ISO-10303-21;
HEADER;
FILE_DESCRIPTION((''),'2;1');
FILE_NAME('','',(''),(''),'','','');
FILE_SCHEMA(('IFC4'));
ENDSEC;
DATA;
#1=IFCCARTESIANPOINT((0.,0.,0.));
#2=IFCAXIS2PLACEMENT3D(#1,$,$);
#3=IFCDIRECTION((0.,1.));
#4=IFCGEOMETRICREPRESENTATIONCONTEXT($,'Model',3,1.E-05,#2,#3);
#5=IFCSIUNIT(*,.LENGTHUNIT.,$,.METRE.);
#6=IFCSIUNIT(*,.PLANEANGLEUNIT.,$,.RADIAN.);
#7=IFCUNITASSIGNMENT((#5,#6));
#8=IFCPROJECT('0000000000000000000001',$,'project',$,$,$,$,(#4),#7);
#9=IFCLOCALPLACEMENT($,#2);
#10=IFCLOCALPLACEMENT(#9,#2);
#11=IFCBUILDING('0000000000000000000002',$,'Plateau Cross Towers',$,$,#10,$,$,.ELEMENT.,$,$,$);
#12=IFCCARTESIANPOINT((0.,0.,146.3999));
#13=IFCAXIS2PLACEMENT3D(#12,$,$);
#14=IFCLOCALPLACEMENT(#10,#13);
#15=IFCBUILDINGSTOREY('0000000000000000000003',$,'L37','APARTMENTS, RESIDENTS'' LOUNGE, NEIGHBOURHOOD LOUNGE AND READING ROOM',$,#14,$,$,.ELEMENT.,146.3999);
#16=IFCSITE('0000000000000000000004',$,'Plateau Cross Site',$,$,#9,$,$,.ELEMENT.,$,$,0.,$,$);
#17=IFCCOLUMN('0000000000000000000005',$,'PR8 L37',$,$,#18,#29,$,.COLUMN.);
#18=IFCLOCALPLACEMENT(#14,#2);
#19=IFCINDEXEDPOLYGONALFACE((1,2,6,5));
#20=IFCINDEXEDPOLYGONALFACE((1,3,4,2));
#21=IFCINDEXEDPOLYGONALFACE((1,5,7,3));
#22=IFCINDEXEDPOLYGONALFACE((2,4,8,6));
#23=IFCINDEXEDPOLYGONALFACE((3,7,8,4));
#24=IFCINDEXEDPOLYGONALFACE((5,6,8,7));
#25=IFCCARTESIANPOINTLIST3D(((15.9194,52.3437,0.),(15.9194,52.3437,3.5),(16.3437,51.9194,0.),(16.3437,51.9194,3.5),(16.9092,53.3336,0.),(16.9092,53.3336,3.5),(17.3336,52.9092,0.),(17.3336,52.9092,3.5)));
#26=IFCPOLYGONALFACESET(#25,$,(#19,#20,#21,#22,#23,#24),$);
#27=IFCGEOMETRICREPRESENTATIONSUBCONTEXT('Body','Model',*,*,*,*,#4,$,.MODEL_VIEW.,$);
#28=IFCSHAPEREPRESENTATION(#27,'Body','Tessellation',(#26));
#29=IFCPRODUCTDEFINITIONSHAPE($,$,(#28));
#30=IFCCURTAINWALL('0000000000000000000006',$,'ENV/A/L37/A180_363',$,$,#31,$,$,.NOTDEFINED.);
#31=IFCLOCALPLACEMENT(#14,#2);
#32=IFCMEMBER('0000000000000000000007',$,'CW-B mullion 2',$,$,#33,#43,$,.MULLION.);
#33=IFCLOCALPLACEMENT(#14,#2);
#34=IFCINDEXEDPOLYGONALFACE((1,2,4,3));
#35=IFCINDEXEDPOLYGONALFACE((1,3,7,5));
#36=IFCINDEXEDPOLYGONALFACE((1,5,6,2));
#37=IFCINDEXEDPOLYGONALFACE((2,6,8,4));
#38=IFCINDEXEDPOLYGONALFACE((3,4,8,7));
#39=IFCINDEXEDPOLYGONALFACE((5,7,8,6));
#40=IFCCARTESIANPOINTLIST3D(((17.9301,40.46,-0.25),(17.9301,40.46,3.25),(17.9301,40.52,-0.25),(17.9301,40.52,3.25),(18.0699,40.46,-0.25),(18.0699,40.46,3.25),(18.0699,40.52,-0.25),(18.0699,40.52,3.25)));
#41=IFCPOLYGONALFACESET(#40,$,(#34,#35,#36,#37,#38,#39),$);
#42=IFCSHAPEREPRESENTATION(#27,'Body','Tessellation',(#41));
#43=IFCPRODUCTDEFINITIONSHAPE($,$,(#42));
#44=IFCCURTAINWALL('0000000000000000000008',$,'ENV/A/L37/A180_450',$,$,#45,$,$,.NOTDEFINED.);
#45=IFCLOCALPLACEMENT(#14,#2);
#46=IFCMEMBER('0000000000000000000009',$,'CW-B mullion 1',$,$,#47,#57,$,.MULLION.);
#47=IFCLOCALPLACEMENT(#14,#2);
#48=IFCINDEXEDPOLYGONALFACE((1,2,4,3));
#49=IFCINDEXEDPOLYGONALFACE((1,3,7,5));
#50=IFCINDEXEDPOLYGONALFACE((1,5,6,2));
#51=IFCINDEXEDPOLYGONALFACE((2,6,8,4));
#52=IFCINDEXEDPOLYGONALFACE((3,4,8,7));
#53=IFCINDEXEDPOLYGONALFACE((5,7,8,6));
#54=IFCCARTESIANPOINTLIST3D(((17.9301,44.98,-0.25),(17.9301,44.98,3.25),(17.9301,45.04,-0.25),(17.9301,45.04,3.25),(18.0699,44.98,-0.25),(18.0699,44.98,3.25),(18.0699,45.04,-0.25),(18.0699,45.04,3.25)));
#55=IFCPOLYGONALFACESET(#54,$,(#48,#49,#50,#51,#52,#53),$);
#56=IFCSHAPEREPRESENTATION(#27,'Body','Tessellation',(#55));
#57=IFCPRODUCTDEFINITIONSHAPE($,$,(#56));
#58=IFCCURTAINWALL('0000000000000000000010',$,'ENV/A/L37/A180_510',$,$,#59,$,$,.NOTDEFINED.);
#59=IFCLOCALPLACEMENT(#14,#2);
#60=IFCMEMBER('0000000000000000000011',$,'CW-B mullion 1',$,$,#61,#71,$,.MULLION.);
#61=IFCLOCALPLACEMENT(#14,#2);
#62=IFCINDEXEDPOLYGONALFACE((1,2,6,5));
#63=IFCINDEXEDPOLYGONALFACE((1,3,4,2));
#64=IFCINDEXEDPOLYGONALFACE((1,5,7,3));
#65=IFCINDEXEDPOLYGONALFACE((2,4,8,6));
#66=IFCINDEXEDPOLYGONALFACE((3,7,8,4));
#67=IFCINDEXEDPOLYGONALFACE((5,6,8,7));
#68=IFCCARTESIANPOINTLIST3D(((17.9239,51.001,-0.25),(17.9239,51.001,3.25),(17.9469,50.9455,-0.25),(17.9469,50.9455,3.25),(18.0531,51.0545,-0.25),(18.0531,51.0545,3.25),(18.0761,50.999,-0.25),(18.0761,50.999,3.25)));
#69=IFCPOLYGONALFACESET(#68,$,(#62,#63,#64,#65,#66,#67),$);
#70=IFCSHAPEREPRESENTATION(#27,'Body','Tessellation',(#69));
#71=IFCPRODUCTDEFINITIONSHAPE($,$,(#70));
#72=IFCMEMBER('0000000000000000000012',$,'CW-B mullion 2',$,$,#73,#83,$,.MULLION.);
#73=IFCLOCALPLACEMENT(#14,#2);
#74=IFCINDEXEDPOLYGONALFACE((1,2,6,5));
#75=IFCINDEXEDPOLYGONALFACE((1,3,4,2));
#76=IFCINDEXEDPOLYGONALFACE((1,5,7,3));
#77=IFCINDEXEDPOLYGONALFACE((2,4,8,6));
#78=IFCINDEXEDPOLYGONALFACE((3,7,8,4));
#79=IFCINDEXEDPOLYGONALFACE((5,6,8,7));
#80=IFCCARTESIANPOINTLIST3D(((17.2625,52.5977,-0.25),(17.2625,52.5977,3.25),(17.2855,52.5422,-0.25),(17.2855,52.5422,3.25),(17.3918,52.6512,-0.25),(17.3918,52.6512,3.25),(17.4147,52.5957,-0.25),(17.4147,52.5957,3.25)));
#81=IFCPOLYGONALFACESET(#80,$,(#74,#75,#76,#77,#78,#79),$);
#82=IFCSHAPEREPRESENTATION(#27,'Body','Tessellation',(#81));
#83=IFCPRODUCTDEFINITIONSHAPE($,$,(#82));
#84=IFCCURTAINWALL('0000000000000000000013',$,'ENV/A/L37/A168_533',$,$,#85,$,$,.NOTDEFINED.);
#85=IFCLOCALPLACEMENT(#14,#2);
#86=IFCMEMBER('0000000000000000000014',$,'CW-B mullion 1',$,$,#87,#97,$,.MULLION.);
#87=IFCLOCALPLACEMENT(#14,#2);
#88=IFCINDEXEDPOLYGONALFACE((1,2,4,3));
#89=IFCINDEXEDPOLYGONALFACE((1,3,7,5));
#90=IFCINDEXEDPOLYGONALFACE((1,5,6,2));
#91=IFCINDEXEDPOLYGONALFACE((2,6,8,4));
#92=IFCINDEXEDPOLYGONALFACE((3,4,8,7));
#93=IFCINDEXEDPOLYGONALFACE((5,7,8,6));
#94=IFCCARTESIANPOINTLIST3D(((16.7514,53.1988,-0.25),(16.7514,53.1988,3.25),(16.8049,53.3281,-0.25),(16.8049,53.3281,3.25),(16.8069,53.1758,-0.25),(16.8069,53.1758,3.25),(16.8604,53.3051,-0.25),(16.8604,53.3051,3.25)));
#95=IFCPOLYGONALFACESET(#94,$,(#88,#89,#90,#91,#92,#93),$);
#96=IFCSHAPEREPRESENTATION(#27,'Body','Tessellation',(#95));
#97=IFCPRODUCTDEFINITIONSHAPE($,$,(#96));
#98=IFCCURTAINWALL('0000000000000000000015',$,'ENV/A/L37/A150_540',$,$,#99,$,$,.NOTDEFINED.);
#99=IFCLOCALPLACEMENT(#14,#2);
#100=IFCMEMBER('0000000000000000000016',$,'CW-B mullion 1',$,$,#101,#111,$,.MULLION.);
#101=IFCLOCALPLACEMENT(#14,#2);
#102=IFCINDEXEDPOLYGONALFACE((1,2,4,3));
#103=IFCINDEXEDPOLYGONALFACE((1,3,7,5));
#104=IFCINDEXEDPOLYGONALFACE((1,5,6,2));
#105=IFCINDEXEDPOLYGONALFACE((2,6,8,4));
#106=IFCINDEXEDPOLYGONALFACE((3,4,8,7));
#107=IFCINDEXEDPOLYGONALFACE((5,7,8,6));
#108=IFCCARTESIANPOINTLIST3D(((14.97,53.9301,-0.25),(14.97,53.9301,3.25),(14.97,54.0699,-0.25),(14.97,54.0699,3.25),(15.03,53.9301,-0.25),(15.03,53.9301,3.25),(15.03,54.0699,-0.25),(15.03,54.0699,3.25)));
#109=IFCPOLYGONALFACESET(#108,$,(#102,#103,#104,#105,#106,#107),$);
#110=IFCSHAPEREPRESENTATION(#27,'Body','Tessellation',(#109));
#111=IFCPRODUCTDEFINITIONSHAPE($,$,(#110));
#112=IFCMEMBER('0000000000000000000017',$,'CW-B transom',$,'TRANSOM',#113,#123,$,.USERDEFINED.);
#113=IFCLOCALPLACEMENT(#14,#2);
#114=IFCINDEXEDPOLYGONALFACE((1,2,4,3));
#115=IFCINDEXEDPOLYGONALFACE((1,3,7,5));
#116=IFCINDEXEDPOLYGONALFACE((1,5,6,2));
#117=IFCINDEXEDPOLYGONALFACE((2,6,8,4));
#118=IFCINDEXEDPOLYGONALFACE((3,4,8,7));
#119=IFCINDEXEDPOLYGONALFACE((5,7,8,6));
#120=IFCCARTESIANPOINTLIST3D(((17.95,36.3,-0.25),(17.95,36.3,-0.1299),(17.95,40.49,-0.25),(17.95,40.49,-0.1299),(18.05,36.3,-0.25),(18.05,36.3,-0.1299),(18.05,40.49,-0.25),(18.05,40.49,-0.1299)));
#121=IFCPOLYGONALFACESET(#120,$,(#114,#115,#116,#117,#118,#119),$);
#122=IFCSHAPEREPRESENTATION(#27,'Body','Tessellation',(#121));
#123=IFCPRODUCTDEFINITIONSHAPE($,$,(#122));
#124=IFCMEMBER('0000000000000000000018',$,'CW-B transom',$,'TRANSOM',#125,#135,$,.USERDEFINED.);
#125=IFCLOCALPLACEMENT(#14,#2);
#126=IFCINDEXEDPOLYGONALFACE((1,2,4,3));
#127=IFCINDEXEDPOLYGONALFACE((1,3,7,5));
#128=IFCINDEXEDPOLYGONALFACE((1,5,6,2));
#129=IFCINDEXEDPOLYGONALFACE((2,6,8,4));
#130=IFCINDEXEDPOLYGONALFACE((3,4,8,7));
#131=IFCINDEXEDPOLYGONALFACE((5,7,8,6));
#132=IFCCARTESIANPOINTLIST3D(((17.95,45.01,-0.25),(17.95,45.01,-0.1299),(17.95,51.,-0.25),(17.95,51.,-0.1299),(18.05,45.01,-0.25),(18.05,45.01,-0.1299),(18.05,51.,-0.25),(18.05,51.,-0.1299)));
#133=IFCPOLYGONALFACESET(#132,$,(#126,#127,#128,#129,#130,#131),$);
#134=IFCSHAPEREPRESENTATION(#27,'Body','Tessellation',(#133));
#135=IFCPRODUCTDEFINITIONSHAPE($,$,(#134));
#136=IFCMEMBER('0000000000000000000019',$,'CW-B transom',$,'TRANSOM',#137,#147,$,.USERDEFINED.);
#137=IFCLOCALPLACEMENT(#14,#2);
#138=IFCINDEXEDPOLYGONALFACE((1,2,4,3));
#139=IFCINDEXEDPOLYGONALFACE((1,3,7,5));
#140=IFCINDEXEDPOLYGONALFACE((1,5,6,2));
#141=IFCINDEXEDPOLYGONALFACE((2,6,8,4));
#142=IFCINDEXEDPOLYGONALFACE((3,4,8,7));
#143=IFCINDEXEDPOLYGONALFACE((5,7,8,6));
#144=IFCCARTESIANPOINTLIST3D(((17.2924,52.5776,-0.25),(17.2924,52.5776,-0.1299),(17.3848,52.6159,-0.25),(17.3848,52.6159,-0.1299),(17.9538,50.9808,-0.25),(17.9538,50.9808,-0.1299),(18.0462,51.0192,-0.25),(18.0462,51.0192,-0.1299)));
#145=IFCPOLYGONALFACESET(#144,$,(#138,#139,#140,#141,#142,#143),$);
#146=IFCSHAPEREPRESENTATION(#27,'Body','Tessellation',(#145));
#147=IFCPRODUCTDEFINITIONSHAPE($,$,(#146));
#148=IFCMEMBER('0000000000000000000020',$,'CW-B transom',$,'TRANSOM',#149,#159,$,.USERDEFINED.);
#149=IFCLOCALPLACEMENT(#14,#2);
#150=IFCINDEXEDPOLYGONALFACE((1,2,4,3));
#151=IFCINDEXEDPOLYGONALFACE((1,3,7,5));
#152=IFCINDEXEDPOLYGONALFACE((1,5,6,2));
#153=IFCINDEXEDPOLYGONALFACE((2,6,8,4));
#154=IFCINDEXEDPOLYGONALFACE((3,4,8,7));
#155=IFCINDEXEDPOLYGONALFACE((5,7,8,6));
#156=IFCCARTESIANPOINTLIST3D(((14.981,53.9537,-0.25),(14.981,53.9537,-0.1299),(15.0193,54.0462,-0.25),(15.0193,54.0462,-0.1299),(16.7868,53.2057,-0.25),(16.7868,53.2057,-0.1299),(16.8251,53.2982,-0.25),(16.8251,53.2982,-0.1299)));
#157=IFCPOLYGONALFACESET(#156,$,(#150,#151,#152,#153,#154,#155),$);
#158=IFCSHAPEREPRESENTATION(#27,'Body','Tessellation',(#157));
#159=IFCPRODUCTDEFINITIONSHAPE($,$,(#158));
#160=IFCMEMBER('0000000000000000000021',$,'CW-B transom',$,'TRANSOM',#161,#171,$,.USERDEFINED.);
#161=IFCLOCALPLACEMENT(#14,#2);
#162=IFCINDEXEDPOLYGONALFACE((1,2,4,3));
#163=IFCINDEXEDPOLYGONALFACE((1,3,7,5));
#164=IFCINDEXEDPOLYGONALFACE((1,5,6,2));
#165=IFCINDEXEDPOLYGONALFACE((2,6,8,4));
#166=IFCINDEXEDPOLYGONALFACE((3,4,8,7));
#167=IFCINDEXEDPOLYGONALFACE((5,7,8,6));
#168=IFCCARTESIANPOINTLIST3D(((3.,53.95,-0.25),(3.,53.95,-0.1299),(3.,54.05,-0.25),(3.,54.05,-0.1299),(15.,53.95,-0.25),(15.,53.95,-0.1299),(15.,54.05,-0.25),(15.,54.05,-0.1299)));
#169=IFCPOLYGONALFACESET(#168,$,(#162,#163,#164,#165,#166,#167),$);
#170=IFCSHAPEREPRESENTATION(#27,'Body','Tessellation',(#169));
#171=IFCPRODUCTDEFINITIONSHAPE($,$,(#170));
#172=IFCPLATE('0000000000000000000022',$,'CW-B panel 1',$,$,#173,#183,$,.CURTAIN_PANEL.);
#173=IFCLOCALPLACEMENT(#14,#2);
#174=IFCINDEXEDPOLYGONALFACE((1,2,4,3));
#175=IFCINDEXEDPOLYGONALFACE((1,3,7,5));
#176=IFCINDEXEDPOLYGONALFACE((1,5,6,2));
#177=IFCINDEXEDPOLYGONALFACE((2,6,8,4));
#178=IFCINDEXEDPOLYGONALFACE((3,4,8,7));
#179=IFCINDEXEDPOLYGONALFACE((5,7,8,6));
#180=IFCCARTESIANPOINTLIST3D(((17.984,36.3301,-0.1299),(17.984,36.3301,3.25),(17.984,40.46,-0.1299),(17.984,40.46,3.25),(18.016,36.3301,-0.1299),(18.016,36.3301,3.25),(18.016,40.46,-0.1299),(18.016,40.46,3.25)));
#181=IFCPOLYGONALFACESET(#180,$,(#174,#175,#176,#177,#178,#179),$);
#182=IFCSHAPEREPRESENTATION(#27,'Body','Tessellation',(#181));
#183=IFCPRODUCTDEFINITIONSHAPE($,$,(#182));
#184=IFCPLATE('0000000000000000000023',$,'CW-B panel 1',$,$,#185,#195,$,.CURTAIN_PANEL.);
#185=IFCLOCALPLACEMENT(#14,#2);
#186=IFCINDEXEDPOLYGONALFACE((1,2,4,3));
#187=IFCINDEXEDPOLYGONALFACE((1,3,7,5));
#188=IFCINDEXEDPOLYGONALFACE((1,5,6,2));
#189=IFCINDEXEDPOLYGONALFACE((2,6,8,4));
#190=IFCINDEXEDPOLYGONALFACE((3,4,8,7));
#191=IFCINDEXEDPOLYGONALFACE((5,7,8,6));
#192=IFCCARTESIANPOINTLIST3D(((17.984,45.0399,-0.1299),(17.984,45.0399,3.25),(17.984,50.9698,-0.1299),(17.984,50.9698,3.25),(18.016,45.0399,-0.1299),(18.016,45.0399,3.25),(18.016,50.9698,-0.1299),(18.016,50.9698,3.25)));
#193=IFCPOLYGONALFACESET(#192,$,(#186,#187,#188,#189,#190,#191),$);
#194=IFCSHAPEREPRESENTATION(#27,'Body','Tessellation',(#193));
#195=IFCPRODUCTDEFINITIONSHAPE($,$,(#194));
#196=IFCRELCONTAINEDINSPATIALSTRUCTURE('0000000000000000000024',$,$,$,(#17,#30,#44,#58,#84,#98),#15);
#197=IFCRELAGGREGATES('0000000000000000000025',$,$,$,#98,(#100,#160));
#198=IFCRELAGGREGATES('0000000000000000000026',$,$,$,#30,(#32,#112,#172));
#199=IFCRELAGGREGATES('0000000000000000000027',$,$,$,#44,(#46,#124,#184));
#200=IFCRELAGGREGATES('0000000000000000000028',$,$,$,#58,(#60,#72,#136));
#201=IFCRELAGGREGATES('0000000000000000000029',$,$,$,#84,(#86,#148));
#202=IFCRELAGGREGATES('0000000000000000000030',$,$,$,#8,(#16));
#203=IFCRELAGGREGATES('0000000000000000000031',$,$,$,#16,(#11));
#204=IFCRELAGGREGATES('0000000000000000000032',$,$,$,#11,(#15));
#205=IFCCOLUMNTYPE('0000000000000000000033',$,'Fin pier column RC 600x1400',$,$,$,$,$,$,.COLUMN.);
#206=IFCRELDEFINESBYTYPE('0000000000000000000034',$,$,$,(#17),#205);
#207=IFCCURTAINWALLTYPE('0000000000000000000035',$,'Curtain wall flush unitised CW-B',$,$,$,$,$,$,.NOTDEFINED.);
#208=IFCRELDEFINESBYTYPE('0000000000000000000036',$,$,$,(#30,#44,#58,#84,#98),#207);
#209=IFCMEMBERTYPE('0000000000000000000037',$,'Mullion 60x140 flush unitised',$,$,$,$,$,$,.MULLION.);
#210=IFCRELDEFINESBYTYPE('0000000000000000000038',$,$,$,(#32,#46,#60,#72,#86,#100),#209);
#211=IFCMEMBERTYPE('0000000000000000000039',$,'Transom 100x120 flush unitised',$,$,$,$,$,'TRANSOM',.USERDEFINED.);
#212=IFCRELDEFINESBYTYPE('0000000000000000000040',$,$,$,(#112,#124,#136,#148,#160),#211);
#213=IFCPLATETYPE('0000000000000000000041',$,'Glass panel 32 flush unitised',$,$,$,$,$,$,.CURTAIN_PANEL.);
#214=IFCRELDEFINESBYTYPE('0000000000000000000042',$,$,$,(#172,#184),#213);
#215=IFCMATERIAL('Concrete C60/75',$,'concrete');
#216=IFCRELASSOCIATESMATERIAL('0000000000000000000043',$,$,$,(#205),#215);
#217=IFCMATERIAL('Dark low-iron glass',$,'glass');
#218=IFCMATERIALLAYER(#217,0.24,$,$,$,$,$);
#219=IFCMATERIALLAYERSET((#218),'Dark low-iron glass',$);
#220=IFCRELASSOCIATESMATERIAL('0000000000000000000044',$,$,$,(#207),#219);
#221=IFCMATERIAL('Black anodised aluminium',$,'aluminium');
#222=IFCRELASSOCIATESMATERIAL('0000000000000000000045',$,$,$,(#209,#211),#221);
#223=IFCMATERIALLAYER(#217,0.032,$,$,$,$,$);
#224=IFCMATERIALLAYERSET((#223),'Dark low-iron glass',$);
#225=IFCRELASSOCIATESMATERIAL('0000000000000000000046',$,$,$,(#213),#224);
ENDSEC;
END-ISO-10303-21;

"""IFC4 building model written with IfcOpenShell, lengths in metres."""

from ifc_helpers import new_model, si_unit, direction, frame, origin, origin_2d, place, context, subcontext, project, spatial, rectangle, extrude, material, layer, layer_set, material_profile, profile_set, type_object, element, aggregate, save


model = new_model("IFC4")

# Units and contexts
model_context = context("Model", 3, precision=1e-05, world=origin(), true_north=direction((0.0, 1.0)))
body_context = subcontext(model_context, "Body", "Model", "MODEL_VIEW")
ifc_project = project(units=[si_unit("LENGTHUNIT", "METRE"), si_unit("PLANEANGLEUNIT", "RADIAN")], contexts=[model_context])

# Site, building, storey
site_placement = place(None, origin())
site = spatial("IfcSite", under=ifc_project, at=site_placement, Name="Plateau Cross Site", CompositionType="ELEMENT", RefElevation=0.0)
building_placement = place(site_placement, origin())
building = spatial("IfcBuilding", under=site, at=building_placement, Name="Plateau Cross Towers", CompositionType="ELEMENT")
storey_placement = place(building_placement, frame((0.0, 0.0, 146.3999)))
storey = spatial("IfcBuildingStorey", under=building, at=storey_placement, Name="L37", Description="APARTMENTS, RESIDENTS' LOUNGE, NEIGHBOURHOOD LOUNGE AND READING ROOM", CompositionType="ELEMENT", Elevation=146.3999)

# Column
ifc_material_1 = material(Name="Concrete C60/75", Category="concrete")
ifc_material_profile_1 = material_profile(ifc_material_1, rectangle(XDim=0.6001, YDim=1.3999, at=origin_2d()), Name="RC 600x1400")
ifc_profile_set_1 = profile_set([ifc_material_profile_1], Name="Concrete C60/75")
column_type = type_object("IfcColumnType", Name="Fin pier column RC 600x1400", PredefinedType="COLUMN", material=ifc_profile_set_1)
column_placement = place(storey_placement, frame((16.6265, 52.6265, 0.0), z_axis=(0.0, 0.0, 1.0), x_axis=(-0.707107, 0.707107, 0.0)))
element("IfcColumn", 1, at=column_placement, inside=storey, type_object=column_type, Name="PR8 L37", PredefinedType="COLUMN", context=body_context, shape_type="SweptSolid", body=[
    extrude(rectangle(XDim=0.6001, YDim=1.3999, at=origin_2d()), origin(), (0.0, 0.0, 1.0), 3.5),
])

# Curtain walls, members
ifc_material_2 = material(Name="Dark low-iron glass", Category="glass")
ifc_layer_1 = layer(ifc_material_2, 0.24)
ifc_layer_set_1 = layer_set([ifc_layer_1], Name="Dark low-iron glass")
curtain_wall_type = type_object("IfcCurtainWallType", Name="Curtain wall flush unitised CW-B", PredefinedType="NOTDEFINED", material=ifc_layer_set_1)
curtain_wall_1_placement = place(storey_placement, origin())
curtain_wall_1 = element("IfcCurtainWall", 2, at=curtain_wall_1_placement, inside=storey, type_object=curtain_wall_type, Name="ENV/A/L37/A180_363", PredefinedType="NOTDEFINED")
ifc_material_3 = material(Name="Black anodised aluminium", Category="aluminium")
ifc_material_profile_2 = material_profile(ifc_material_3, rectangle(XDim=0.0601, YDim=0.1399, at=origin_2d()), Name="MULLION 60x140")
ifc_profile_set_2 = profile_set([ifc_material_profile_2], Name="Black anodised aluminium")
member_type_1 = type_object("IfcMemberType", Name="Mullion 60x140 flush unitised", PredefinedType="MULLION", material=ifc_profile_set_2)
member_1_placement = place(storey_placement, frame((18.0, 40.49, -0.25), z_axis=(0.0, 0.0, 1.0), x_axis=(0.0, 1.0, 0.0)))
member_1 = element("IfcMember", 3, at=member_1_placement, type_object=member_type_1, Name="CW-B mullion 2", PredefinedType="MULLION", context=body_context, shape_type="SweptSolid", body=[
    extrude(rectangle(XDim=0.0601, YDim=0.1399, at=origin_2d()), origin(), (0.0, 0.0, 1.0), 3.5),
])
curtain_wall_2_placement = place(storey_placement, origin())
curtain_wall_2 = element("IfcCurtainWall", 4, at=curtain_wall_2_placement, inside=storey, type_object=curtain_wall_type, Name="ENV/A/L37/A180_450", PredefinedType="NOTDEFINED")
member_2_placement = place(storey_placement, frame((18.0, 45.01, -0.25), z_axis=(0.0, 0.0, 1.0), x_axis=(0.0, 1.0, 0.0)))
member_2 = element("IfcMember", 5, at=member_2_placement, type_object=member_type_1, Name="CW-B mullion 1", PredefinedType="MULLION", context=body_context, shape_type="SweptSolid", body=[
    extrude(rectangle(XDim=0.0601, YDim=0.1399, at=origin_2d()), origin(), (0.0, 0.0, 1.0), 3.5),
])

# Curtain wall, members
curtain_wall_3_placement = place(storey_placement, origin())
curtain_wall_3 = element("IfcCurtainWall", 6, at=curtain_wall_3_placement, inside=storey, type_object=curtain_wall_type, Name="ENV/A/L37/A180_510", PredefinedType="NOTDEFINED")
member_3_placement = place(storey_placement, frame((18.0, 51.0, -0.25), z_axis=(0.0, 0.0, 1.0), x_axis=(-0.382684, 0.923879, 0.0)))
member_3 = element("IfcMember", 7, at=member_3_placement, type_object=member_type_1, Name="CW-B mullion 1", PredefinedType="MULLION", context=body_context, shape_type="SweptSolid", body=[
    extrude(rectangle(XDim=0.0601, YDim=0.1399, at=origin_2d()), origin(), (0.0, 0.0, 1.0), 3.5),
])
member_4_placement = place(storey_placement, frame((17.3386, 52.5967, -0.25), z_axis=(0.0, 0.0, 1.0), x_axis=(-0.382684, 0.923879, 0.0)))
member_4 = element("IfcMember", 8, at=member_4_placement, type_object=member_type_1, Name="CW-B mullion 2", PredefinedType="MULLION", context=body_context, shape_type="SweptSolid", body=[
    extrude(rectangle(XDim=0.0601, YDim=0.1399, at=origin_2d()), origin(), (0.0, 0.0, 1.0), 3.5),
])

# Curtain walls, members
curtain_wall_4_placement = place(storey_placement, origin())
curtain_wall_4 = element("IfcCurtainWall", 9, at=curtain_wall_4_placement, inside=storey, type_object=curtain_wall_type, Name="ENV/A/L37/A168_533", PredefinedType="NOTDEFINED")
member_5_placement = place(storey_placement, frame((16.8059, 53.252, -0.25), z_axis=(0.0, 0.0, 1.0), x_axis=(-0.923879, 0.382684, 0.0)))
member_5 = element("IfcMember", 10, at=member_5_placement, type_object=member_type_1, Name="CW-B mullion 1", PredefinedType="MULLION", context=body_context, shape_type="SweptSolid", body=[
    extrude(rectangle(XDim=0.0601, YDim=0.1399, at=origin_2d()), origin(), (0.0, 0.0, 1.0), 3.5),
])
curtain_wall_5_placement = place(storey_placement, origin())
curtain_wall_5 = element("IfcCurtainWall", 11, at=curtain_wall_5_placement, inside=storey, type_object=curtain_wall_type, Name="ENV/A/L37/A150_540", PredefinedType="NOTDEFINED")
member_6_placement = place(storey_placement, frame((15.0, 54.0, -0.25), z_axis=(0.0, 0.0, 1.0), x_axis=(-1.0, 0.0, 0.0)))
member_6 = element("IfcMember", 12, at=member_6_placement, type_object=member_type_1, Name="CW-B mullion 1", PredefinedType="MULLION", context=body_context, shape_type="SweptSolid", body=[
    extrude(rectangle(XDim=0.0601, YDim=0.1399, at=origin_2d()), origin(), (0.0, 0.0, 1.0), 3.5),
])

# Members
ifc_material_profile_3 = material_profile(ifc_material_3, rectangle(XDim=0.1001, YDim=0.1201, at=origin_2d()), Name="TRANSOM 100x120")
ifc_profile_set_3 = profile_set([ifc_material_profile_3], Name="Black anodised aluminium")
member_type_2 = type_object("IfcMemberType", Name="Transom 100x120 flush unitised", ElementType="TRANSOM", PredefinedType="USERDEFINED", material=ifc_profile_set_3)
member_7_placement = place(storey_placement, frame((18.0, 36.3, -0.1899), z_axis=(0.0, 1.0, 0.0), x_axis=(-1.0, 0.0, 0.0)))
member_7 = element("IfcMember", 13, at=member_7_placement, type_object=member_type_2, Name="CW-B transom", ObjectType="TRANSOM", PredefinedType="USERDEFINED", context=body_context, shape_type="SweptSolid", body=[
    extrude(rectangle(XDim=0.1001, YDim=0.1201, at=origin_2d()), origin(), (0.0, 0.0, 1.0), 4.1899),
])
member_8_placement = place(storey_placement, frame((18.0, 45.01, -0.1899), z_axis=(0.0, 1.0, 0.0), x_axis=(-1.0, 0.0, 0.0)))
member_8 = element("IfcMember", 14, at=member_8_placement, type_object=member_type_2, Name="CW-B transom", ObjectType="TRANSOM", PredefinedType="USERDEFINED", context=body_context, shape_type="SweptSolid", body=[
    extrude(rectangle(XDim=0.1001, YDim=0.1201, at=origin_2d()), origin(), (0.0, 0.0, 1.0), 5.99),
])
member_9_placement = place(storey_placement, frame((18.0, 51.0, -0.1899), z_axis=(-0.382689, 0.923877, 0.0), x_axis=(-0.923877, -0.382689, 0.0)))
member_9 = element("IfcMember", 15, at=member_9_placement, type_object=member_type_2, Name="CW-B transom", ObjectType="TRANSOM", PredefinedType="USERDEFINED", context=body_context, shape_type="SweptSolid", body=[
    extrude(rectangle(XDim=0.1001, YDim=0.1201, at=origin_2d()), origin(), (0.0, 0.0, 1.0), 1.7283),
])
member_10_placement = place(storey_placement, frame((16.8059, 53.252, -0.1899), z_axis=(-0.923877, 0.38269, 0.0), x_axis=(-0.38269, -0.923877, 0.0)))
member_10 = element("IfcMember", 16, at=member_10_placement, type_object=member_type_2, Name="CW-B transom", ObjectType="TRANSOM", PredefinedType="USERDEFINED", context=body_context, shape_type="SweptSolid", body=[
    extrude(rectangle(XDim=0.1001, YDim=0.1201, at=origin_2d()), origin(), (0.0, 0.0, 1.0), 1.9546),
])
member_11_placement = place(storey_placement, frame((15.0, 54.0, -0.1899), z_axis=(-1.0, 0.0, 0.0), x_axis=(0.0, -1.0, 0.0)))
member_11 = element("IfcMember", 17, at=member_11_placement, type_object=member_type_2, Name="CW-B transom", ObjectType="TRANSOM", PredefinedType="USERDEFINED", context=body_context, shape_type="SweptSolid", body=[
    extrude(rectangle(XDim=0.1001, YDim=0.1201, at=origin_2d()), origin(), (0.0, 0.0, 1.0), 12.0),
])
aggregate(curtain_wall_5, [member_6, member_11])

# Plates
ifc_layer_2 = layer(ifc_material_2, 0.032)
ifc_layer_set_2 = layer_set([ifc_layer_2], Name="Dark low-iron glass")
plate_type = type_object("IfcPlateType", Name="Glass panel 32 flush unitised", PredefinedType="CURTAIN_PANEL", material=ifc_layer_set_2)
plate_1_placement = place(storey_placement, frame((18.0, 38.395, -0.1299), z_axis=(0.0, 0.0, 1.0), x_axis=(0.0, 1.0, 0.0)))
plate_1 = element("IfcPlate", 18, at=plate_1_placement, type_object=plate_type, Name="CW-B panel 1", PredefinedType="CURTAIN_PANEL", context=body_context, shape_type="SweptSolid", body=[
    extrude(rectangle(XDim=4.1299, YDim=0.032, at=origin_2d()), origin(), (0.0, 0.0, 1.0), 3.3799),
])
aggregate(curtain_wall_1, [member_1, member_7, plate_1])
plate_2_placement = place(storey_placement, frame((18.0, 48.0049, -0.1299), z_axis=(0.0, 0.0, 1.0), x_axis=(0.0, 1.0, 0.0)))
plate_2 = element("IfcPlate", 19, at=plate_2_placement, type_object=plate_type, Name="CW-B panel 1", PredefinedType="CURTAIN_PANEL", context=body_context, shape_type="SweptSolid", body=[
    extrude(rectangle(XDim=5.9299, YDim=0.032, at=origin_2d()), origin(), (0.0, 0.0, 1.0), 3.3799),
])
aggregate(curtain_wall_2, [member_2, member_8, plate_2])
aggregate(curtain_wall_3, [member_3, member_4, member_9])
aggregate(curtain_wall_4, [member_5, member_10])

save(model, "model.ifc")
